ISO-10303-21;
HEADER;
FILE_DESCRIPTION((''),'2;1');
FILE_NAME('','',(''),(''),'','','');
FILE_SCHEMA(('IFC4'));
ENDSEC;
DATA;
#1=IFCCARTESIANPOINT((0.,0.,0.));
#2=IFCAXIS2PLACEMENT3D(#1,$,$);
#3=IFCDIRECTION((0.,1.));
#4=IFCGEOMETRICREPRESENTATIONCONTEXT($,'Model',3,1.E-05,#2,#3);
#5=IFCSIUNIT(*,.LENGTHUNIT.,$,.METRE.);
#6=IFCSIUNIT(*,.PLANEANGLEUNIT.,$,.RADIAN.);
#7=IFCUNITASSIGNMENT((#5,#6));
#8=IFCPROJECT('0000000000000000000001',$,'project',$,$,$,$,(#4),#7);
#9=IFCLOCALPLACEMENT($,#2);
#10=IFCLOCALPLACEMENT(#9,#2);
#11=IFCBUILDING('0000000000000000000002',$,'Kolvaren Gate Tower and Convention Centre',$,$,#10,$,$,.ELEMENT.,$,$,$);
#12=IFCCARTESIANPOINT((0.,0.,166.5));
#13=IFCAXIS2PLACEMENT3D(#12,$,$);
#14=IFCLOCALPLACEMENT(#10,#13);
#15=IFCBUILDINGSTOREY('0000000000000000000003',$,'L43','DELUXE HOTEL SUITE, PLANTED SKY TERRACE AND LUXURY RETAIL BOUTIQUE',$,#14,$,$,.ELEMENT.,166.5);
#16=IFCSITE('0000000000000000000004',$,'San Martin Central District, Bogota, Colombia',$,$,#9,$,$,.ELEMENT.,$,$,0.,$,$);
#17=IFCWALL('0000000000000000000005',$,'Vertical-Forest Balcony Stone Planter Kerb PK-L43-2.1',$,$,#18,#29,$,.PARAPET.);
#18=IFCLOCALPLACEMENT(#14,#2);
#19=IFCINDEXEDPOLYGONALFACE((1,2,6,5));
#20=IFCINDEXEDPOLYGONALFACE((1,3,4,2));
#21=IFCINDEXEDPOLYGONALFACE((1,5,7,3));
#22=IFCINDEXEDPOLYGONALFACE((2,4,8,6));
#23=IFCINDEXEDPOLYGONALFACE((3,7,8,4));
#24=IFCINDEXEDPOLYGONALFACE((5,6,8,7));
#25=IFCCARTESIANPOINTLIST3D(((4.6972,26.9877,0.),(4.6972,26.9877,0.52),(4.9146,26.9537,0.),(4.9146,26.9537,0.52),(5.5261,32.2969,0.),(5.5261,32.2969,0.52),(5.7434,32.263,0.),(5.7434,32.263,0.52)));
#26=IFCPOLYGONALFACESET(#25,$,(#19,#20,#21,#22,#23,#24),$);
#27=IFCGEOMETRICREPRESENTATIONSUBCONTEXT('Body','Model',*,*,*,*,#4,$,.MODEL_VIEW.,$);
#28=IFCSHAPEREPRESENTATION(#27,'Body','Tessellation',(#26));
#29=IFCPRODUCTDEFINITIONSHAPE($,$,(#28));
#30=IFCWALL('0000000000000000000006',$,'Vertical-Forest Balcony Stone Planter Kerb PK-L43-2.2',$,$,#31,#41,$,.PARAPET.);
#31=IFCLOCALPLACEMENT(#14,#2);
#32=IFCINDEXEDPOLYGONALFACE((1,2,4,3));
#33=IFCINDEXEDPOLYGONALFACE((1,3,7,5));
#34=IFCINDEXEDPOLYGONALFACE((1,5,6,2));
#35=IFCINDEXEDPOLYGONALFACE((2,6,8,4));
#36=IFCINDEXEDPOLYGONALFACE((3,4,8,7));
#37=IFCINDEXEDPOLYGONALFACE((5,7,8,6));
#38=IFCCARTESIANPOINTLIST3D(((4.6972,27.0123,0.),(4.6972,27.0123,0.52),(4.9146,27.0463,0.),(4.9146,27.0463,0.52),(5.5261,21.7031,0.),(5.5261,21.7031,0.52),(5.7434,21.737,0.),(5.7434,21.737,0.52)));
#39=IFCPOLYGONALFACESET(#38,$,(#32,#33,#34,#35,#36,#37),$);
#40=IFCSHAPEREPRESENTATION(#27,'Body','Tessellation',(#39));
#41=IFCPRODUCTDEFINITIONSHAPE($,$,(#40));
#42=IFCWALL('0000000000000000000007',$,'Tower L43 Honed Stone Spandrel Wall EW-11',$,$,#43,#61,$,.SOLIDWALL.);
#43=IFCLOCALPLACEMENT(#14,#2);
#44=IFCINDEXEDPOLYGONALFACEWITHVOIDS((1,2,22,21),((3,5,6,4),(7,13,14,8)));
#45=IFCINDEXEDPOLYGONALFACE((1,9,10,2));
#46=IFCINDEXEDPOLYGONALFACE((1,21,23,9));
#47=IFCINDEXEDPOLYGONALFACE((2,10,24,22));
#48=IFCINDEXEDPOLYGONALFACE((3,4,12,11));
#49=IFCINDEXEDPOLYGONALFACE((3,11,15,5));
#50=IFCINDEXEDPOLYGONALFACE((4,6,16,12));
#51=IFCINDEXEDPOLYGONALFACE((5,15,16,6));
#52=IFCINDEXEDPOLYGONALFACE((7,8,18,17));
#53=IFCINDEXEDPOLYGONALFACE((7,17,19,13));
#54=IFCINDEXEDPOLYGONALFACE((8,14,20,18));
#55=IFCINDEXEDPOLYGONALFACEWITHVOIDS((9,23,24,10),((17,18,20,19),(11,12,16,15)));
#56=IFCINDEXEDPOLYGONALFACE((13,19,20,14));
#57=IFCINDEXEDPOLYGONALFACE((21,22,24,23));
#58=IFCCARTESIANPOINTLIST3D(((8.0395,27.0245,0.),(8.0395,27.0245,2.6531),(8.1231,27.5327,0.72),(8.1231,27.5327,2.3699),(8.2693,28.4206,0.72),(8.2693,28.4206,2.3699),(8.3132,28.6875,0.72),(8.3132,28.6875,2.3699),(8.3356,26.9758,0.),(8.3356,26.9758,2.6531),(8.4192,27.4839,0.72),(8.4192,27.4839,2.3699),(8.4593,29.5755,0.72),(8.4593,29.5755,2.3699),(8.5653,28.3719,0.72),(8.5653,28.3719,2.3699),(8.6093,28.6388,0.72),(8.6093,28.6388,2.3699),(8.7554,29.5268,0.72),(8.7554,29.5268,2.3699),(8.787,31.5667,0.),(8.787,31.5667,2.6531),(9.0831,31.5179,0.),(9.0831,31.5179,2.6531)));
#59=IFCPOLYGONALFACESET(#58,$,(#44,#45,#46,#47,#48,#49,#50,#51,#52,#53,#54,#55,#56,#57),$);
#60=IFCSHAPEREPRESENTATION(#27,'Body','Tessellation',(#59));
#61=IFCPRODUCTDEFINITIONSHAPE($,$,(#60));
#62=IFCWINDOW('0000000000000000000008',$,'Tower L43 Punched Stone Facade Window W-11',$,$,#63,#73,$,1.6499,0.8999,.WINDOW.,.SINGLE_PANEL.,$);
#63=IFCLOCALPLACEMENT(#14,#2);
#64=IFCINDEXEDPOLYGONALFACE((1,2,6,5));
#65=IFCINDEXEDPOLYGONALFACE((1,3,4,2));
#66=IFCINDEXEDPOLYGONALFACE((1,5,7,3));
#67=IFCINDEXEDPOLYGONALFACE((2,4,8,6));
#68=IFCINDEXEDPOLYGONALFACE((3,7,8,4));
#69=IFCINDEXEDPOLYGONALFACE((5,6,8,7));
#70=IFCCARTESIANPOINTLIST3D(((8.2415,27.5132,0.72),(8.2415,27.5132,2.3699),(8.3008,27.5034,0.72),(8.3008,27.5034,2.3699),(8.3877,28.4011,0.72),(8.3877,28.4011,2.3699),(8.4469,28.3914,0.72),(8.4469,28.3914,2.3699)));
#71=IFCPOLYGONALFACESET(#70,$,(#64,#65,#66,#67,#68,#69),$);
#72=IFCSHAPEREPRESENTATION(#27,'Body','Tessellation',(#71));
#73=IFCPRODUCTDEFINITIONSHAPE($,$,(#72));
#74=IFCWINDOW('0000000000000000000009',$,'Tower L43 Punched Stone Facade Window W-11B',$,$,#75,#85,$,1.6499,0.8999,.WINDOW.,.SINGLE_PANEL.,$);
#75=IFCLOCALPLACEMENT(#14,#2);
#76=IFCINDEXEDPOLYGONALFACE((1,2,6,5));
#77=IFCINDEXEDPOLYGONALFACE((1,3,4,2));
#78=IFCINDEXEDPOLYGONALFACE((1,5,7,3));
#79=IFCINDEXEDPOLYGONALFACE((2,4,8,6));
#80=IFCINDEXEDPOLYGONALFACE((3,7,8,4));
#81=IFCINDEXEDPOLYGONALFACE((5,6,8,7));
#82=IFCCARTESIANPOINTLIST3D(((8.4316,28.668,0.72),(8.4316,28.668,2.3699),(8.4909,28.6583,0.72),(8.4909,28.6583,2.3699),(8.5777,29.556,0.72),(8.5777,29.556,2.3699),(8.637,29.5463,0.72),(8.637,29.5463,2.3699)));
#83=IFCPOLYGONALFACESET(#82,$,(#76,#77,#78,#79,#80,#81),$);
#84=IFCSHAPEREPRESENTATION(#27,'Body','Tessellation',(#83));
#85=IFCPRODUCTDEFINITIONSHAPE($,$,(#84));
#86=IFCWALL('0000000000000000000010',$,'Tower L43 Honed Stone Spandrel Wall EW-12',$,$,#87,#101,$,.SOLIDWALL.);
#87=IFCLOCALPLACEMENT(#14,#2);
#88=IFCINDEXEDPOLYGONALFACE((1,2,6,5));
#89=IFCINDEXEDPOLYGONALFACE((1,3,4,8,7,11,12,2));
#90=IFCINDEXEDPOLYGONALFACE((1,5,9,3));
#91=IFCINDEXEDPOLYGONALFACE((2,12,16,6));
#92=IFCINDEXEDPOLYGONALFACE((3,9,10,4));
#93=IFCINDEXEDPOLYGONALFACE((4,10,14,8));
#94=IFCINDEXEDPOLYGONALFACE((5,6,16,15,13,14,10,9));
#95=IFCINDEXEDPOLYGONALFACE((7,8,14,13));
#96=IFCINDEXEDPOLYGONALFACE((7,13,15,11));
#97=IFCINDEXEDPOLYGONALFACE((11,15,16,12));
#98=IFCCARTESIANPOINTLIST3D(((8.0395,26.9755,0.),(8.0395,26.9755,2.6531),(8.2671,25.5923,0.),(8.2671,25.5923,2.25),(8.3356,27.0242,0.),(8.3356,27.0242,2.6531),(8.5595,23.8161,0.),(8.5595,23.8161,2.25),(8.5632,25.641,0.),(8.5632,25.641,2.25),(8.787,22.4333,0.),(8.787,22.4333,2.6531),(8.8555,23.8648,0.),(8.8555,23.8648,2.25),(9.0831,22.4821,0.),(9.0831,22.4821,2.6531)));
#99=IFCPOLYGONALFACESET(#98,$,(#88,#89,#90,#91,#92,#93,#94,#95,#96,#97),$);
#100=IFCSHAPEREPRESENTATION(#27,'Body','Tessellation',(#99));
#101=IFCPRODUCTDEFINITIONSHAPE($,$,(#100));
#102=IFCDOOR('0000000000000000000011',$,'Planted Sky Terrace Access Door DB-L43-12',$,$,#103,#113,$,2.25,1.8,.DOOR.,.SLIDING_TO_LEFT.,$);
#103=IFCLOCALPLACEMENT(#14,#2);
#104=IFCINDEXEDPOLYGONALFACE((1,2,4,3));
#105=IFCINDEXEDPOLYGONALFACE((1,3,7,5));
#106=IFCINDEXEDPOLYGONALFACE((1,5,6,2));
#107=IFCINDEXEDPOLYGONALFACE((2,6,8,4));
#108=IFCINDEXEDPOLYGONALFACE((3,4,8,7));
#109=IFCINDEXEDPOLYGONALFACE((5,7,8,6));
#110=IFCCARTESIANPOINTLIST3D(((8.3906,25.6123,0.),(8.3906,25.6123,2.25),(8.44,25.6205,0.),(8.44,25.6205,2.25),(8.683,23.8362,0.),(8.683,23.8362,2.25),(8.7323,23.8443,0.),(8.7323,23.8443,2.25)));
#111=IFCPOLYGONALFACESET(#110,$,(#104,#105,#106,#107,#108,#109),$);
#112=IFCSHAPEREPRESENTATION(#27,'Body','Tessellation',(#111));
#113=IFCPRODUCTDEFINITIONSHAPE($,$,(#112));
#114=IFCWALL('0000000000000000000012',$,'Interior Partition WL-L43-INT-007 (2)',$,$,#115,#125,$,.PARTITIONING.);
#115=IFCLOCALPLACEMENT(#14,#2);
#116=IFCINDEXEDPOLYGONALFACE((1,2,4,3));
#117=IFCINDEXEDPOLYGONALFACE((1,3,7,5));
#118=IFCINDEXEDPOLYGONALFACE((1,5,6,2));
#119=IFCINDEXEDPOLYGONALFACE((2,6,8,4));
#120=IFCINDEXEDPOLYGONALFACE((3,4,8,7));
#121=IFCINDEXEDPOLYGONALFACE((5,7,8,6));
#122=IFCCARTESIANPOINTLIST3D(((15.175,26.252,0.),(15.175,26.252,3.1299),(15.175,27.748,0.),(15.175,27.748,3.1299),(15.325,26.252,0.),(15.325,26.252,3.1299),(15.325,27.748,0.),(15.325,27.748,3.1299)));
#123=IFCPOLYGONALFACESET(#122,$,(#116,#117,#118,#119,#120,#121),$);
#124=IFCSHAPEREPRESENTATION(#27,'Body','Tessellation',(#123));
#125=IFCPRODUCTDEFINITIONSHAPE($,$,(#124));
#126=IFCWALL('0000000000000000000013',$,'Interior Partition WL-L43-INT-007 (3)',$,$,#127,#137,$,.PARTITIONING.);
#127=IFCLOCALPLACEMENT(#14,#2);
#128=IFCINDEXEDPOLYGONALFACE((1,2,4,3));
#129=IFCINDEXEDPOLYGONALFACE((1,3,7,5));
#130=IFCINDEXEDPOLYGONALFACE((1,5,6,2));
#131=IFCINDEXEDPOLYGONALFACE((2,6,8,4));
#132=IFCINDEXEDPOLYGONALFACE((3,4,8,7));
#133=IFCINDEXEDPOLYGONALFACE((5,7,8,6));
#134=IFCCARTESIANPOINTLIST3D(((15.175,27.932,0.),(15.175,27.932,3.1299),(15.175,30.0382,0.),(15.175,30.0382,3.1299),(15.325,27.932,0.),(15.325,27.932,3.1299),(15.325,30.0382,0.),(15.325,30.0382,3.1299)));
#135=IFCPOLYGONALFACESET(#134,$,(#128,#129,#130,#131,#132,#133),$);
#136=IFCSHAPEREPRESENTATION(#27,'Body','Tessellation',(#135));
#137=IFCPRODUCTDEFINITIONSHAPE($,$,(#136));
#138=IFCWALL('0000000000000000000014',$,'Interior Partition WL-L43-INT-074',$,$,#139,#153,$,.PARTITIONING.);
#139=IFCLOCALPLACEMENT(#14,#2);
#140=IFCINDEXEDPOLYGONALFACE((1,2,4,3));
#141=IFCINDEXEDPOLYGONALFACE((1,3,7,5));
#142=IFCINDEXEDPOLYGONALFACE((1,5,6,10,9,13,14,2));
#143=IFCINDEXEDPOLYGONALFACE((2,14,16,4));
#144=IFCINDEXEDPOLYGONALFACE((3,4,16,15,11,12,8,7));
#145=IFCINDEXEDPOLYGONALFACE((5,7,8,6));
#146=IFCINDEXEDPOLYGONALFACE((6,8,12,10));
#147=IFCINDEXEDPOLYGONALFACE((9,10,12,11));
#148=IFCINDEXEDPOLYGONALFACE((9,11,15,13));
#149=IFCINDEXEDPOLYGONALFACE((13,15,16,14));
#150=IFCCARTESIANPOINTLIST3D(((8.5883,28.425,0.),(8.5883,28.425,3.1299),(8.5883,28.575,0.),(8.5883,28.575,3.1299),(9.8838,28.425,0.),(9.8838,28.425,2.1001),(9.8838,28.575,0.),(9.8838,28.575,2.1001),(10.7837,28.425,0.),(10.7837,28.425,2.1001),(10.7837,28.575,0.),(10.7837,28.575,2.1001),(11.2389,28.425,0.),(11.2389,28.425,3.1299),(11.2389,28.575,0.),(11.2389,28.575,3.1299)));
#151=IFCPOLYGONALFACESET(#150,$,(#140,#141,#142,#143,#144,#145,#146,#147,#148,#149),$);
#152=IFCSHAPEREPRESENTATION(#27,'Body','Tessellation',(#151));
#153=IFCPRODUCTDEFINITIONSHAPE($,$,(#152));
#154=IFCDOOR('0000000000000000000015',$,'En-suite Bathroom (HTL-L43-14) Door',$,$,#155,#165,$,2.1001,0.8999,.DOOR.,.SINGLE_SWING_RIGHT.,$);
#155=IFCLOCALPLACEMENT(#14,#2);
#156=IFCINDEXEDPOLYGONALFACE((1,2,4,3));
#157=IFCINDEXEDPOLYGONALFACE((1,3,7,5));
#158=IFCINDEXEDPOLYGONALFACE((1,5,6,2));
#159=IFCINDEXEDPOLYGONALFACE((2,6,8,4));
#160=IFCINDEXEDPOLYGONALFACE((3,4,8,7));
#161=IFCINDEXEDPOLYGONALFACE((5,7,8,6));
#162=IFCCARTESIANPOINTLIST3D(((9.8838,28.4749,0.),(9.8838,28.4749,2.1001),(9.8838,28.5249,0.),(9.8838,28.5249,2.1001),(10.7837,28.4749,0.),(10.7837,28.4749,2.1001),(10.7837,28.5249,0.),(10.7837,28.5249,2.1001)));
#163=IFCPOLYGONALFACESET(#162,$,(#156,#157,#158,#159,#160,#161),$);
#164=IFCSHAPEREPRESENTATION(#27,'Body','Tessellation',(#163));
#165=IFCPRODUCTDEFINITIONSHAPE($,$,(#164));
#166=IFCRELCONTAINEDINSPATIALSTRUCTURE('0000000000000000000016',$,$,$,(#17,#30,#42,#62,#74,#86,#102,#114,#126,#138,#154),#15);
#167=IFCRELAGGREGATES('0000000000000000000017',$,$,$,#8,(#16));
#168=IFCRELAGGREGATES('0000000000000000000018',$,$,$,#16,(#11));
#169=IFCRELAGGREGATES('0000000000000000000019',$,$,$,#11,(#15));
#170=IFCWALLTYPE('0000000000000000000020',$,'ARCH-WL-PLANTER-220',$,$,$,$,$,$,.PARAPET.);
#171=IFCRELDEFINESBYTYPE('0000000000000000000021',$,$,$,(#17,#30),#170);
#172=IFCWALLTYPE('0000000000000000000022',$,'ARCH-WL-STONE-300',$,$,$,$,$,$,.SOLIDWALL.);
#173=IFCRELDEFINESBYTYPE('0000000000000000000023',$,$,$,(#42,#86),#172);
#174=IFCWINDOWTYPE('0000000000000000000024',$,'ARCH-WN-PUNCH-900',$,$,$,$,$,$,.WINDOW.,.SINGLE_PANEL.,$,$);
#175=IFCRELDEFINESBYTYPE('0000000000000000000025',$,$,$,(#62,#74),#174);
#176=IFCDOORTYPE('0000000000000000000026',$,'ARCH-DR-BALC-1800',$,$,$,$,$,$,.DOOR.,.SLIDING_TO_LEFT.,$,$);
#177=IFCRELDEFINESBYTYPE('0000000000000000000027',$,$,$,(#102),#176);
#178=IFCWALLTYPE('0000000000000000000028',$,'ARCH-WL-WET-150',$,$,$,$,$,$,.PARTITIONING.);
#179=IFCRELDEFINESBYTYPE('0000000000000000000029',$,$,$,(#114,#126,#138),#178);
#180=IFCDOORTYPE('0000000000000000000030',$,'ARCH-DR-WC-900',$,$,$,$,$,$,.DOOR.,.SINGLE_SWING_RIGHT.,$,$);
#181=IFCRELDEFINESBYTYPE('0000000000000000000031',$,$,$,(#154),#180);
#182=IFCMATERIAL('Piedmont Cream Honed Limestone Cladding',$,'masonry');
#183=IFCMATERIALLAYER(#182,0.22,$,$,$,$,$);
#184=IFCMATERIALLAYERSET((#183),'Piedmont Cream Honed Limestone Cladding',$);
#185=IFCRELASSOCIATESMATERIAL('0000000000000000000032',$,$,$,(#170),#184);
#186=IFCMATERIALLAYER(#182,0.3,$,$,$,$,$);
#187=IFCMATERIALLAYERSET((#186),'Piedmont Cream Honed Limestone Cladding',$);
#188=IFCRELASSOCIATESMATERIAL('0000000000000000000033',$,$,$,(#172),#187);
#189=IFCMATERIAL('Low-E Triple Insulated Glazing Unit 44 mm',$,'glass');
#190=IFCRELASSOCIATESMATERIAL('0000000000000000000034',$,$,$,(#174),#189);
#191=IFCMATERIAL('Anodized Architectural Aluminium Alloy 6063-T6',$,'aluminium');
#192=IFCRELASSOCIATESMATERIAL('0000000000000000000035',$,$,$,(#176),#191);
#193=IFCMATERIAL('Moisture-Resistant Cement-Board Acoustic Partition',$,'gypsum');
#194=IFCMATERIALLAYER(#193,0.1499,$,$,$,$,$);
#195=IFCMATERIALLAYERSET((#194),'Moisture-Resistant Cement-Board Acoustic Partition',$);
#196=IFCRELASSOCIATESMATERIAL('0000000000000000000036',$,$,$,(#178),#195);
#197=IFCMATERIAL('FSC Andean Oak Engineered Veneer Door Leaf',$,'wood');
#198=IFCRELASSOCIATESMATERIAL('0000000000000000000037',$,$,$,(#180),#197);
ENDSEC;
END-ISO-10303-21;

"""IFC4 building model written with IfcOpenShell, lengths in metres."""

from ifc_helpers import new_model, si_unit, direction, frame, frame_2d, origin, place, context, subcontext, project, spatial, rectangle, extrude, material, layer, layer_set, type_object, element, fill, save


model = new_model("IFC4")

# Units and contexts
model_context = context("Model", 3, precision=1e-05, world=origin(), true_north=direction((0.0, 1.0)))
body_context = subcontext(model_context, "Body", "Model", "MODEL_VIEW")
ifc_project = project(units=[si_unit("LENGTHUNIT", "METRE"), si_unit("PLANEANGLEUNIT", "RADIAN")], contexts=[model_context])

# Site, building, storey
site_placement = place(None, origin())
site = spatial("IfcSite", under=ifc_project, at=site_placement, Name="San Martin Central District, Bogota, Colombia", CompositionType="ELEMENT", RefElevation=0.0)
building_placement = place(site_placement, origin())
building = spatial("IfcBuilding", under=site, at=building_placement, Name="Kolvaren Gate Tower and Convention Centre", CompositionType="ELEMENT")
storey_placement = place(building_placement, frame((0.0, 0.0, 166.5)))
storey = spatial("IfcBuildingStorey", under=building, at=storey_placement, Name="L43", Description="DELUXE HOTEL SUITE, PLANTED SKY TERRACE AND LUXURY RETAIL BOUTIQUE", CompositionType="ELEMENT", Elevation=166.5)

# Walls
ifc_material_1 = material(Name="Piedmont Cream Honed Limestone Cladding", Category="masonry")
ifc_layer_1 = layer(ifc_material_1, 0.22)
ifc_layer_set_1 = layer_set([ifc_layer_1], Name="Piedmont Cream Honed Limestone Cladding")
wall_type_1 = type_object("IfcWallType", Name="ARCH-WL-PLANTER-220", PredefinedType="PARAPET", material=ifc_layer_set_1)
for number, where, z_axis, x_axis, name in (
    (1, (4.8059, 26.9707, 0.0), (0.0, 0.0, 1.0), (0.154245, 0.988033, 0.0), "Vertical-Forest Balcony Stone Planter Kerb PK-L43-2.1"),
    (2, (4.8059, 27.0293, 0.0), (0.0, 0.0, 1.0), (0.154245, -0.988033, 0.0), "Vertical-Forest Balcony Stone Planter Kerb PK-L43-2.2"),
):
    element("IfcWall", number, at=place(storey_placement, frame(where, z_axis=z_axis, x_axis=x_axis)), inside=storey, type_object=wall_type_1, Name=name, PredefinedType="PARAPET", context=body_context, shape_type="SweptSolid", body=[
        extrude(rectangle(XDim=5.3735, YDim=0.22, at=frame_2d((2.6868, 0.0))), origin(), (0.0, 0.0, 1.0), 0.52),
    ])

# Wall, openings, windows
ifc_layer_2 = layer(ifc_material_1, 0.3)
ifc_layer_set_2 = layer_set([ifc_layer_2], Name="Piedmont Cream Honed Limestone Cladding")
wall_type_2 = type_object("IfcWallType", Name="ARCH-WL-STONE-300", PredefinedType="SOLIDWALL", material=ifc_layer_set_2)
wall_1_placement = place(storey_placement, frame((8.1875, 27.0, 0.0), z_axis=(0.0, 0.0, 1.0), x_axis=(0.162395, 0.986726, 0.0)))
wall_1 = element("IfcWall", 3, at=wall_1_placement, inside=storey, type_object=wall_type_2, Name="Tower L43 Honed Stone Spandrel Wall EW-11", PredefinedType="SOLIDWALL", context=body_context, shape_type="SweptSolid", body=[
    extrude(rectangle(XDim=4.6033, YDim=0.3, at=frame_2d((2.3018, 0.0))), origin(), (0.0, 0.0, 1.0), 2.6531),
])
opening_1_placement = place(wall_1_placement, frame((0.5151, 0.0, 0.72)))
opening_1 = element("IfcOpeningElement", 4, at=opening_1_placement, cuts=wall_1, PredefinedType="OPENING", context=body_context, shape_type="SweptSolid", body=[
    extrude(rectangle(XDim=0.8999, YDim=1.6499, at=frame_2d((0.45, 0.825))), frame((0.0, 0.1599, 0.0), z_axis=(0.0, -1.0, 0.0), x_axis=(1.0, 0.0, 0.0)), (0.0, 0.0, 1.0), 0.3201),
])
opening_2_placement = place(wall_1_placement, frame((1.6855, 0.0, 0.72)))
opening_2 = element("IfcOpeningElement", 5, at=opening_2_placement, cuts=wall_1, PredefinedType="OPENING", context=body_context, shape_type="SweptSolid", body=[
    extrude(rectangle(XDim=0.8999, YDim=1.6499, at=frame_2d((0.45, 0.825))), frame((0.0, 0.1599, 0.0), z_axis=(0.0, -1.0, 0.0), x_axis=(1.0, 0.0, 0.0)), (0.0, 0.0, 1.0), 0.3201),
])
ifc_material_2 = material(Name="Low-E Triple Insulated Glazing Unit 44 mm", Category="glass")
window_type = type_object("IfcWindowType", Name="ARCH-WN-PUNCH-900", PartitioningType="SINGLE_PANEL", PredefinedType="WINDOW", material=ifc_material_2)
window_1_placement = place(opening_1_placement, origin())
window_1 = element("IfcWindow", 6, at=window_1_placement, inside=storey, type_object=window_type, Name="Tower L43 Punched Stone Facade Window W-11", OverallHeight=1.6499, OverallWidth=0.8999, PartitioningType="SINGLE_PANEL", PredefinedType="WINDOW", context=body_context, shape_type="SweptSolid", body=[
    extrude(rectangle(XDim=0.8999, YDim=1.6499, at=frame_2d((0.45, 0.825))), frame((0.0, 0.03, 0.0), z_axis=(0.0, -1.0, 0.0), x_axis=(1.0, 0.0, 0.0)), (0.0, 0.0, 1.0), 0.0601),
])
fill(opening_1, window_1)
window_2_placement = place(opening_2_placement, origin())
window_2 = element("IfcWindow", 7, at=window_2_placement, inside=storey, type_object=window_type, Name="Tower L43 Punched Stone Facade Window W-11B", OverallHeight=1.6499, OverallWidth=0.8999, PartitioningType="SINGLE_PANEL", PredefinedType="WINDOW", context=body_context, shape_type="SweptSolid", body=[
    extrude(rectangle(XDim=0.8999, YDim=1.6499, at=frame_2d((0.45, 0.825))), frame((0.0, 0.03, 0.0), z_axis=(0.0, -1.0, 0.0), x_axis=(1.0, 0.0, 0.0)), (0.0, 0.0, 1.0), 0.0601),
])
fill(opening_2, window_2)

# Wall, opening, door
wall_2_placement = place(storey_placement, frame((8.1875, 27.0, 0.0), z_axis=(0.0, 0.0, 1.0), x_axis=(0.162395, -0.986726, 0.0)))
wall_2 = element("IfcWall", 8, at=wall_2_placement, inside=storey, type_object=wall_type_2, Name="Tower L43 Honed Stone Spandrel Wall EW-12", PredefinedType="SOLIDWALL", context=body_context, shape_type="SweptSolid", body=[
    extrude(rectangle(XDim=4.6033, YDim=0.3, at=frame_2d((2.3018, 0.0))), origin(), (0.0, 0.0, 1.0), 2.6531),
])
opening_3_placement = place(wall_2_placement, frame((1.4021, 0.0, 0.0)))
opening_3 = element("IfcOpeningElement", 9, at=opening_3_placement, cuts=wall_2, PredefinedType="OPENING", context=body_context, shape_type="SweptSolid", body=[
    extrude(rectangle(XDim=1.8, YDim=2.25, at=frame_2d((0.8999, 1.125))), frame((0.0, 0.1599, 0.0), z_axis=(0.0, -1.0, 0.0), x_axis=(1.0, 0.0, 0.0)), (0.0, 0.0, 1.0), 0.3201),
])
ifc_material_3 = material(Name="Anodized Architectural Aluminium Alloy 6063-T6", Category="aluminium")
door_type_1 = type_object("IfcDoorType", Name="ARCH-DR-BALC-1800", OperationType="SLIDING_TO_LEFT", PredefinedType="DOOR", material=ifc_material_3)
door_1_placement = place(opening_3_placement, frame((1.8, 0.0, 0.0), z_axis=(0.0, 0.0, 1.0), x_axis=(-1.0, 0.0, 0.0)))
door_1 = element("IfcDoor", 10, at=door_1_placement, inside=storey, type_object=door_type_1, Name="Planted Sky Terrace Access Door DB-L43-12", OperationType="SLIDING_TO_LEFT", OverallHeight=2.25, OverallWidth=1.8, PredefinedType="DOOR", context=body_context, shape_type="SweptSolid", body=[
    extrude(rectangle(XDim=1.8, YDim=2.25, at=frame_2d((0.8999, 1.125))), frame((0.0, 0.0249, 0.0), z_axis=(0.0, -1.0, 0.0), x_axis=(1.0, 0.0, 0.0)), (0.0, 0.0, 1.0), 0.05),
])
fill(opening_3, door_1)

# Walls
ifc_material_4 = material(Name="Moisture-Resistant Cement-Board Acoustic Partition", Category="gypsum")
ifc_layer_3 = layer(ifc_material_4, 0.1499)
ifc_layer_set_3 = layer_set([ifc_layer_3], Name="Moisture-Resistant Cement-Board Acoustic Partition")
wall_type_3 = type_object("IfcWallType", Name="ARCH-WL-WET-150", PredefinedType="PARTITIONING", material=ifc_layer_set_3)
wall_3_placement = place(storey_placement, frame((15.25, 26.252, 0.0), z_axis=(0.0, 0.0, 1.0), x_axis=(0.0, 1.0, 0.0)))
element("IfcWall", 11, at=wall_3_placement, inside=storey, type_object=wall_type_3, Name="Interior Partition WL-L43-INT-007 (2)", PredefinedType="PARTITIONING", context=body_context, shape_type="SweptSolid", body=[
    extrude(rectangle(XDim=1.4961, YDim=0.1499, at=frame_2d((0.748, 0.0))), origin(), (0.0, 0.0, 1.0), 3.1299),
])
wall_4_placement = place(storey_placement, frame((15.25, 27.9319, 0.0), z_axis=(0.0, 0.0, 1.0), x_axis=(0.0, 1.0, 0.0)))
element("IfcWall", 12, at=wall_4_placement, inside=storey, type_object=wall_type_3, Name="Interior Partition WL-L43-INT-007 (3)", PredefinedType="PARTITIONING", context=body_context, shape_type="SweptSolid", body=[
    extrude(rectangle(XDim=2.1062, YDim=0.1499, at=frame_2d((1.0532, 0.0))), origin(), (0.0, 0.0, 1.0), 3.1299),
])

# Wall, opening, door
wall_5_placement = place(storey_placement, frame((8.5884, 28.5, 0.0), z_axis=(0.0, 0.0, 1.0), x_axis=(1.0, 0.0, 0.0)))
wall_5 = element("IfcWall", 13, at=wall_5_placement, inside=storey, type_object=wall_type_3, Name="Interior Partition WL-L43-INT-074", PredefinedType="PARTITIONING", context=body_context, shape_type="SweptSolid", body=[
    extrude(rectangle(XDim=2.6506, YDim=0.1499, at=frame_2d((1.3252, 0.0))), origin(), (0.0, 0.0, 1.0), 3.1299),
])
opening_4_placement = place(wall_5_placement, frame((1.2954, 0.0, 0.0)))
opening_4 = element("IfcOpeningElement", 14, at=opening_4_placement, cuts=wall_5, PredefinedType="OPENING", context=body_context, shape_type="SweptSolid", body=[
    extrude(rectangle(XDim=0.8999, YDim=2.1001, at=frame_2d((0.45, 1.05))), frame((0.0, 0.085, 0.0), z_axis=(0.0, -1.0, 0.0), x_axis=(1.0, 0.0, 0.0)), (0.0, 0.0, 1.0), 0.1699),
])
ifc_material_5 = material(Name="FSC Andean Oak Engineered Veneer Door Leaf", Category="wood")
door_type_2 = type_object("IfcDoorType", Name="ARCH-DR-WC-900", OperationType="SINGLE_SWING_RIGHT", PredefinedType="DOOR", material=ifc_material_5)
door_2_placement = place(opening_4_placement, origin())
door_2 = element("IfcDoor", 15, at=door_2_placement, inside=storey, type_object=door_type_2, Name="En-suite Bathroom (HTL-L43-14) Door", OperationType="SINGLE_SWING_RIGHT", OverallHeight=2.1001, OverallWidth=0.8999, PredefinedType="DOOR", context=body_context, shape_type="SweptSolid", body=[
    extrude(rectangle(XDim=0.8999, YDim=2.1001, at=frame_2d((0.45, 1.05))), frame((0.0, 0.0249, 0.0), z_axis=(0.0, -1.0, 0.0), x_axis=(1.0, 0.0, 0.0)), (0.0, 0.0, 1.0), 0.05),
])
fill(opening_4, door_2)

save(model, "model.ifc")
